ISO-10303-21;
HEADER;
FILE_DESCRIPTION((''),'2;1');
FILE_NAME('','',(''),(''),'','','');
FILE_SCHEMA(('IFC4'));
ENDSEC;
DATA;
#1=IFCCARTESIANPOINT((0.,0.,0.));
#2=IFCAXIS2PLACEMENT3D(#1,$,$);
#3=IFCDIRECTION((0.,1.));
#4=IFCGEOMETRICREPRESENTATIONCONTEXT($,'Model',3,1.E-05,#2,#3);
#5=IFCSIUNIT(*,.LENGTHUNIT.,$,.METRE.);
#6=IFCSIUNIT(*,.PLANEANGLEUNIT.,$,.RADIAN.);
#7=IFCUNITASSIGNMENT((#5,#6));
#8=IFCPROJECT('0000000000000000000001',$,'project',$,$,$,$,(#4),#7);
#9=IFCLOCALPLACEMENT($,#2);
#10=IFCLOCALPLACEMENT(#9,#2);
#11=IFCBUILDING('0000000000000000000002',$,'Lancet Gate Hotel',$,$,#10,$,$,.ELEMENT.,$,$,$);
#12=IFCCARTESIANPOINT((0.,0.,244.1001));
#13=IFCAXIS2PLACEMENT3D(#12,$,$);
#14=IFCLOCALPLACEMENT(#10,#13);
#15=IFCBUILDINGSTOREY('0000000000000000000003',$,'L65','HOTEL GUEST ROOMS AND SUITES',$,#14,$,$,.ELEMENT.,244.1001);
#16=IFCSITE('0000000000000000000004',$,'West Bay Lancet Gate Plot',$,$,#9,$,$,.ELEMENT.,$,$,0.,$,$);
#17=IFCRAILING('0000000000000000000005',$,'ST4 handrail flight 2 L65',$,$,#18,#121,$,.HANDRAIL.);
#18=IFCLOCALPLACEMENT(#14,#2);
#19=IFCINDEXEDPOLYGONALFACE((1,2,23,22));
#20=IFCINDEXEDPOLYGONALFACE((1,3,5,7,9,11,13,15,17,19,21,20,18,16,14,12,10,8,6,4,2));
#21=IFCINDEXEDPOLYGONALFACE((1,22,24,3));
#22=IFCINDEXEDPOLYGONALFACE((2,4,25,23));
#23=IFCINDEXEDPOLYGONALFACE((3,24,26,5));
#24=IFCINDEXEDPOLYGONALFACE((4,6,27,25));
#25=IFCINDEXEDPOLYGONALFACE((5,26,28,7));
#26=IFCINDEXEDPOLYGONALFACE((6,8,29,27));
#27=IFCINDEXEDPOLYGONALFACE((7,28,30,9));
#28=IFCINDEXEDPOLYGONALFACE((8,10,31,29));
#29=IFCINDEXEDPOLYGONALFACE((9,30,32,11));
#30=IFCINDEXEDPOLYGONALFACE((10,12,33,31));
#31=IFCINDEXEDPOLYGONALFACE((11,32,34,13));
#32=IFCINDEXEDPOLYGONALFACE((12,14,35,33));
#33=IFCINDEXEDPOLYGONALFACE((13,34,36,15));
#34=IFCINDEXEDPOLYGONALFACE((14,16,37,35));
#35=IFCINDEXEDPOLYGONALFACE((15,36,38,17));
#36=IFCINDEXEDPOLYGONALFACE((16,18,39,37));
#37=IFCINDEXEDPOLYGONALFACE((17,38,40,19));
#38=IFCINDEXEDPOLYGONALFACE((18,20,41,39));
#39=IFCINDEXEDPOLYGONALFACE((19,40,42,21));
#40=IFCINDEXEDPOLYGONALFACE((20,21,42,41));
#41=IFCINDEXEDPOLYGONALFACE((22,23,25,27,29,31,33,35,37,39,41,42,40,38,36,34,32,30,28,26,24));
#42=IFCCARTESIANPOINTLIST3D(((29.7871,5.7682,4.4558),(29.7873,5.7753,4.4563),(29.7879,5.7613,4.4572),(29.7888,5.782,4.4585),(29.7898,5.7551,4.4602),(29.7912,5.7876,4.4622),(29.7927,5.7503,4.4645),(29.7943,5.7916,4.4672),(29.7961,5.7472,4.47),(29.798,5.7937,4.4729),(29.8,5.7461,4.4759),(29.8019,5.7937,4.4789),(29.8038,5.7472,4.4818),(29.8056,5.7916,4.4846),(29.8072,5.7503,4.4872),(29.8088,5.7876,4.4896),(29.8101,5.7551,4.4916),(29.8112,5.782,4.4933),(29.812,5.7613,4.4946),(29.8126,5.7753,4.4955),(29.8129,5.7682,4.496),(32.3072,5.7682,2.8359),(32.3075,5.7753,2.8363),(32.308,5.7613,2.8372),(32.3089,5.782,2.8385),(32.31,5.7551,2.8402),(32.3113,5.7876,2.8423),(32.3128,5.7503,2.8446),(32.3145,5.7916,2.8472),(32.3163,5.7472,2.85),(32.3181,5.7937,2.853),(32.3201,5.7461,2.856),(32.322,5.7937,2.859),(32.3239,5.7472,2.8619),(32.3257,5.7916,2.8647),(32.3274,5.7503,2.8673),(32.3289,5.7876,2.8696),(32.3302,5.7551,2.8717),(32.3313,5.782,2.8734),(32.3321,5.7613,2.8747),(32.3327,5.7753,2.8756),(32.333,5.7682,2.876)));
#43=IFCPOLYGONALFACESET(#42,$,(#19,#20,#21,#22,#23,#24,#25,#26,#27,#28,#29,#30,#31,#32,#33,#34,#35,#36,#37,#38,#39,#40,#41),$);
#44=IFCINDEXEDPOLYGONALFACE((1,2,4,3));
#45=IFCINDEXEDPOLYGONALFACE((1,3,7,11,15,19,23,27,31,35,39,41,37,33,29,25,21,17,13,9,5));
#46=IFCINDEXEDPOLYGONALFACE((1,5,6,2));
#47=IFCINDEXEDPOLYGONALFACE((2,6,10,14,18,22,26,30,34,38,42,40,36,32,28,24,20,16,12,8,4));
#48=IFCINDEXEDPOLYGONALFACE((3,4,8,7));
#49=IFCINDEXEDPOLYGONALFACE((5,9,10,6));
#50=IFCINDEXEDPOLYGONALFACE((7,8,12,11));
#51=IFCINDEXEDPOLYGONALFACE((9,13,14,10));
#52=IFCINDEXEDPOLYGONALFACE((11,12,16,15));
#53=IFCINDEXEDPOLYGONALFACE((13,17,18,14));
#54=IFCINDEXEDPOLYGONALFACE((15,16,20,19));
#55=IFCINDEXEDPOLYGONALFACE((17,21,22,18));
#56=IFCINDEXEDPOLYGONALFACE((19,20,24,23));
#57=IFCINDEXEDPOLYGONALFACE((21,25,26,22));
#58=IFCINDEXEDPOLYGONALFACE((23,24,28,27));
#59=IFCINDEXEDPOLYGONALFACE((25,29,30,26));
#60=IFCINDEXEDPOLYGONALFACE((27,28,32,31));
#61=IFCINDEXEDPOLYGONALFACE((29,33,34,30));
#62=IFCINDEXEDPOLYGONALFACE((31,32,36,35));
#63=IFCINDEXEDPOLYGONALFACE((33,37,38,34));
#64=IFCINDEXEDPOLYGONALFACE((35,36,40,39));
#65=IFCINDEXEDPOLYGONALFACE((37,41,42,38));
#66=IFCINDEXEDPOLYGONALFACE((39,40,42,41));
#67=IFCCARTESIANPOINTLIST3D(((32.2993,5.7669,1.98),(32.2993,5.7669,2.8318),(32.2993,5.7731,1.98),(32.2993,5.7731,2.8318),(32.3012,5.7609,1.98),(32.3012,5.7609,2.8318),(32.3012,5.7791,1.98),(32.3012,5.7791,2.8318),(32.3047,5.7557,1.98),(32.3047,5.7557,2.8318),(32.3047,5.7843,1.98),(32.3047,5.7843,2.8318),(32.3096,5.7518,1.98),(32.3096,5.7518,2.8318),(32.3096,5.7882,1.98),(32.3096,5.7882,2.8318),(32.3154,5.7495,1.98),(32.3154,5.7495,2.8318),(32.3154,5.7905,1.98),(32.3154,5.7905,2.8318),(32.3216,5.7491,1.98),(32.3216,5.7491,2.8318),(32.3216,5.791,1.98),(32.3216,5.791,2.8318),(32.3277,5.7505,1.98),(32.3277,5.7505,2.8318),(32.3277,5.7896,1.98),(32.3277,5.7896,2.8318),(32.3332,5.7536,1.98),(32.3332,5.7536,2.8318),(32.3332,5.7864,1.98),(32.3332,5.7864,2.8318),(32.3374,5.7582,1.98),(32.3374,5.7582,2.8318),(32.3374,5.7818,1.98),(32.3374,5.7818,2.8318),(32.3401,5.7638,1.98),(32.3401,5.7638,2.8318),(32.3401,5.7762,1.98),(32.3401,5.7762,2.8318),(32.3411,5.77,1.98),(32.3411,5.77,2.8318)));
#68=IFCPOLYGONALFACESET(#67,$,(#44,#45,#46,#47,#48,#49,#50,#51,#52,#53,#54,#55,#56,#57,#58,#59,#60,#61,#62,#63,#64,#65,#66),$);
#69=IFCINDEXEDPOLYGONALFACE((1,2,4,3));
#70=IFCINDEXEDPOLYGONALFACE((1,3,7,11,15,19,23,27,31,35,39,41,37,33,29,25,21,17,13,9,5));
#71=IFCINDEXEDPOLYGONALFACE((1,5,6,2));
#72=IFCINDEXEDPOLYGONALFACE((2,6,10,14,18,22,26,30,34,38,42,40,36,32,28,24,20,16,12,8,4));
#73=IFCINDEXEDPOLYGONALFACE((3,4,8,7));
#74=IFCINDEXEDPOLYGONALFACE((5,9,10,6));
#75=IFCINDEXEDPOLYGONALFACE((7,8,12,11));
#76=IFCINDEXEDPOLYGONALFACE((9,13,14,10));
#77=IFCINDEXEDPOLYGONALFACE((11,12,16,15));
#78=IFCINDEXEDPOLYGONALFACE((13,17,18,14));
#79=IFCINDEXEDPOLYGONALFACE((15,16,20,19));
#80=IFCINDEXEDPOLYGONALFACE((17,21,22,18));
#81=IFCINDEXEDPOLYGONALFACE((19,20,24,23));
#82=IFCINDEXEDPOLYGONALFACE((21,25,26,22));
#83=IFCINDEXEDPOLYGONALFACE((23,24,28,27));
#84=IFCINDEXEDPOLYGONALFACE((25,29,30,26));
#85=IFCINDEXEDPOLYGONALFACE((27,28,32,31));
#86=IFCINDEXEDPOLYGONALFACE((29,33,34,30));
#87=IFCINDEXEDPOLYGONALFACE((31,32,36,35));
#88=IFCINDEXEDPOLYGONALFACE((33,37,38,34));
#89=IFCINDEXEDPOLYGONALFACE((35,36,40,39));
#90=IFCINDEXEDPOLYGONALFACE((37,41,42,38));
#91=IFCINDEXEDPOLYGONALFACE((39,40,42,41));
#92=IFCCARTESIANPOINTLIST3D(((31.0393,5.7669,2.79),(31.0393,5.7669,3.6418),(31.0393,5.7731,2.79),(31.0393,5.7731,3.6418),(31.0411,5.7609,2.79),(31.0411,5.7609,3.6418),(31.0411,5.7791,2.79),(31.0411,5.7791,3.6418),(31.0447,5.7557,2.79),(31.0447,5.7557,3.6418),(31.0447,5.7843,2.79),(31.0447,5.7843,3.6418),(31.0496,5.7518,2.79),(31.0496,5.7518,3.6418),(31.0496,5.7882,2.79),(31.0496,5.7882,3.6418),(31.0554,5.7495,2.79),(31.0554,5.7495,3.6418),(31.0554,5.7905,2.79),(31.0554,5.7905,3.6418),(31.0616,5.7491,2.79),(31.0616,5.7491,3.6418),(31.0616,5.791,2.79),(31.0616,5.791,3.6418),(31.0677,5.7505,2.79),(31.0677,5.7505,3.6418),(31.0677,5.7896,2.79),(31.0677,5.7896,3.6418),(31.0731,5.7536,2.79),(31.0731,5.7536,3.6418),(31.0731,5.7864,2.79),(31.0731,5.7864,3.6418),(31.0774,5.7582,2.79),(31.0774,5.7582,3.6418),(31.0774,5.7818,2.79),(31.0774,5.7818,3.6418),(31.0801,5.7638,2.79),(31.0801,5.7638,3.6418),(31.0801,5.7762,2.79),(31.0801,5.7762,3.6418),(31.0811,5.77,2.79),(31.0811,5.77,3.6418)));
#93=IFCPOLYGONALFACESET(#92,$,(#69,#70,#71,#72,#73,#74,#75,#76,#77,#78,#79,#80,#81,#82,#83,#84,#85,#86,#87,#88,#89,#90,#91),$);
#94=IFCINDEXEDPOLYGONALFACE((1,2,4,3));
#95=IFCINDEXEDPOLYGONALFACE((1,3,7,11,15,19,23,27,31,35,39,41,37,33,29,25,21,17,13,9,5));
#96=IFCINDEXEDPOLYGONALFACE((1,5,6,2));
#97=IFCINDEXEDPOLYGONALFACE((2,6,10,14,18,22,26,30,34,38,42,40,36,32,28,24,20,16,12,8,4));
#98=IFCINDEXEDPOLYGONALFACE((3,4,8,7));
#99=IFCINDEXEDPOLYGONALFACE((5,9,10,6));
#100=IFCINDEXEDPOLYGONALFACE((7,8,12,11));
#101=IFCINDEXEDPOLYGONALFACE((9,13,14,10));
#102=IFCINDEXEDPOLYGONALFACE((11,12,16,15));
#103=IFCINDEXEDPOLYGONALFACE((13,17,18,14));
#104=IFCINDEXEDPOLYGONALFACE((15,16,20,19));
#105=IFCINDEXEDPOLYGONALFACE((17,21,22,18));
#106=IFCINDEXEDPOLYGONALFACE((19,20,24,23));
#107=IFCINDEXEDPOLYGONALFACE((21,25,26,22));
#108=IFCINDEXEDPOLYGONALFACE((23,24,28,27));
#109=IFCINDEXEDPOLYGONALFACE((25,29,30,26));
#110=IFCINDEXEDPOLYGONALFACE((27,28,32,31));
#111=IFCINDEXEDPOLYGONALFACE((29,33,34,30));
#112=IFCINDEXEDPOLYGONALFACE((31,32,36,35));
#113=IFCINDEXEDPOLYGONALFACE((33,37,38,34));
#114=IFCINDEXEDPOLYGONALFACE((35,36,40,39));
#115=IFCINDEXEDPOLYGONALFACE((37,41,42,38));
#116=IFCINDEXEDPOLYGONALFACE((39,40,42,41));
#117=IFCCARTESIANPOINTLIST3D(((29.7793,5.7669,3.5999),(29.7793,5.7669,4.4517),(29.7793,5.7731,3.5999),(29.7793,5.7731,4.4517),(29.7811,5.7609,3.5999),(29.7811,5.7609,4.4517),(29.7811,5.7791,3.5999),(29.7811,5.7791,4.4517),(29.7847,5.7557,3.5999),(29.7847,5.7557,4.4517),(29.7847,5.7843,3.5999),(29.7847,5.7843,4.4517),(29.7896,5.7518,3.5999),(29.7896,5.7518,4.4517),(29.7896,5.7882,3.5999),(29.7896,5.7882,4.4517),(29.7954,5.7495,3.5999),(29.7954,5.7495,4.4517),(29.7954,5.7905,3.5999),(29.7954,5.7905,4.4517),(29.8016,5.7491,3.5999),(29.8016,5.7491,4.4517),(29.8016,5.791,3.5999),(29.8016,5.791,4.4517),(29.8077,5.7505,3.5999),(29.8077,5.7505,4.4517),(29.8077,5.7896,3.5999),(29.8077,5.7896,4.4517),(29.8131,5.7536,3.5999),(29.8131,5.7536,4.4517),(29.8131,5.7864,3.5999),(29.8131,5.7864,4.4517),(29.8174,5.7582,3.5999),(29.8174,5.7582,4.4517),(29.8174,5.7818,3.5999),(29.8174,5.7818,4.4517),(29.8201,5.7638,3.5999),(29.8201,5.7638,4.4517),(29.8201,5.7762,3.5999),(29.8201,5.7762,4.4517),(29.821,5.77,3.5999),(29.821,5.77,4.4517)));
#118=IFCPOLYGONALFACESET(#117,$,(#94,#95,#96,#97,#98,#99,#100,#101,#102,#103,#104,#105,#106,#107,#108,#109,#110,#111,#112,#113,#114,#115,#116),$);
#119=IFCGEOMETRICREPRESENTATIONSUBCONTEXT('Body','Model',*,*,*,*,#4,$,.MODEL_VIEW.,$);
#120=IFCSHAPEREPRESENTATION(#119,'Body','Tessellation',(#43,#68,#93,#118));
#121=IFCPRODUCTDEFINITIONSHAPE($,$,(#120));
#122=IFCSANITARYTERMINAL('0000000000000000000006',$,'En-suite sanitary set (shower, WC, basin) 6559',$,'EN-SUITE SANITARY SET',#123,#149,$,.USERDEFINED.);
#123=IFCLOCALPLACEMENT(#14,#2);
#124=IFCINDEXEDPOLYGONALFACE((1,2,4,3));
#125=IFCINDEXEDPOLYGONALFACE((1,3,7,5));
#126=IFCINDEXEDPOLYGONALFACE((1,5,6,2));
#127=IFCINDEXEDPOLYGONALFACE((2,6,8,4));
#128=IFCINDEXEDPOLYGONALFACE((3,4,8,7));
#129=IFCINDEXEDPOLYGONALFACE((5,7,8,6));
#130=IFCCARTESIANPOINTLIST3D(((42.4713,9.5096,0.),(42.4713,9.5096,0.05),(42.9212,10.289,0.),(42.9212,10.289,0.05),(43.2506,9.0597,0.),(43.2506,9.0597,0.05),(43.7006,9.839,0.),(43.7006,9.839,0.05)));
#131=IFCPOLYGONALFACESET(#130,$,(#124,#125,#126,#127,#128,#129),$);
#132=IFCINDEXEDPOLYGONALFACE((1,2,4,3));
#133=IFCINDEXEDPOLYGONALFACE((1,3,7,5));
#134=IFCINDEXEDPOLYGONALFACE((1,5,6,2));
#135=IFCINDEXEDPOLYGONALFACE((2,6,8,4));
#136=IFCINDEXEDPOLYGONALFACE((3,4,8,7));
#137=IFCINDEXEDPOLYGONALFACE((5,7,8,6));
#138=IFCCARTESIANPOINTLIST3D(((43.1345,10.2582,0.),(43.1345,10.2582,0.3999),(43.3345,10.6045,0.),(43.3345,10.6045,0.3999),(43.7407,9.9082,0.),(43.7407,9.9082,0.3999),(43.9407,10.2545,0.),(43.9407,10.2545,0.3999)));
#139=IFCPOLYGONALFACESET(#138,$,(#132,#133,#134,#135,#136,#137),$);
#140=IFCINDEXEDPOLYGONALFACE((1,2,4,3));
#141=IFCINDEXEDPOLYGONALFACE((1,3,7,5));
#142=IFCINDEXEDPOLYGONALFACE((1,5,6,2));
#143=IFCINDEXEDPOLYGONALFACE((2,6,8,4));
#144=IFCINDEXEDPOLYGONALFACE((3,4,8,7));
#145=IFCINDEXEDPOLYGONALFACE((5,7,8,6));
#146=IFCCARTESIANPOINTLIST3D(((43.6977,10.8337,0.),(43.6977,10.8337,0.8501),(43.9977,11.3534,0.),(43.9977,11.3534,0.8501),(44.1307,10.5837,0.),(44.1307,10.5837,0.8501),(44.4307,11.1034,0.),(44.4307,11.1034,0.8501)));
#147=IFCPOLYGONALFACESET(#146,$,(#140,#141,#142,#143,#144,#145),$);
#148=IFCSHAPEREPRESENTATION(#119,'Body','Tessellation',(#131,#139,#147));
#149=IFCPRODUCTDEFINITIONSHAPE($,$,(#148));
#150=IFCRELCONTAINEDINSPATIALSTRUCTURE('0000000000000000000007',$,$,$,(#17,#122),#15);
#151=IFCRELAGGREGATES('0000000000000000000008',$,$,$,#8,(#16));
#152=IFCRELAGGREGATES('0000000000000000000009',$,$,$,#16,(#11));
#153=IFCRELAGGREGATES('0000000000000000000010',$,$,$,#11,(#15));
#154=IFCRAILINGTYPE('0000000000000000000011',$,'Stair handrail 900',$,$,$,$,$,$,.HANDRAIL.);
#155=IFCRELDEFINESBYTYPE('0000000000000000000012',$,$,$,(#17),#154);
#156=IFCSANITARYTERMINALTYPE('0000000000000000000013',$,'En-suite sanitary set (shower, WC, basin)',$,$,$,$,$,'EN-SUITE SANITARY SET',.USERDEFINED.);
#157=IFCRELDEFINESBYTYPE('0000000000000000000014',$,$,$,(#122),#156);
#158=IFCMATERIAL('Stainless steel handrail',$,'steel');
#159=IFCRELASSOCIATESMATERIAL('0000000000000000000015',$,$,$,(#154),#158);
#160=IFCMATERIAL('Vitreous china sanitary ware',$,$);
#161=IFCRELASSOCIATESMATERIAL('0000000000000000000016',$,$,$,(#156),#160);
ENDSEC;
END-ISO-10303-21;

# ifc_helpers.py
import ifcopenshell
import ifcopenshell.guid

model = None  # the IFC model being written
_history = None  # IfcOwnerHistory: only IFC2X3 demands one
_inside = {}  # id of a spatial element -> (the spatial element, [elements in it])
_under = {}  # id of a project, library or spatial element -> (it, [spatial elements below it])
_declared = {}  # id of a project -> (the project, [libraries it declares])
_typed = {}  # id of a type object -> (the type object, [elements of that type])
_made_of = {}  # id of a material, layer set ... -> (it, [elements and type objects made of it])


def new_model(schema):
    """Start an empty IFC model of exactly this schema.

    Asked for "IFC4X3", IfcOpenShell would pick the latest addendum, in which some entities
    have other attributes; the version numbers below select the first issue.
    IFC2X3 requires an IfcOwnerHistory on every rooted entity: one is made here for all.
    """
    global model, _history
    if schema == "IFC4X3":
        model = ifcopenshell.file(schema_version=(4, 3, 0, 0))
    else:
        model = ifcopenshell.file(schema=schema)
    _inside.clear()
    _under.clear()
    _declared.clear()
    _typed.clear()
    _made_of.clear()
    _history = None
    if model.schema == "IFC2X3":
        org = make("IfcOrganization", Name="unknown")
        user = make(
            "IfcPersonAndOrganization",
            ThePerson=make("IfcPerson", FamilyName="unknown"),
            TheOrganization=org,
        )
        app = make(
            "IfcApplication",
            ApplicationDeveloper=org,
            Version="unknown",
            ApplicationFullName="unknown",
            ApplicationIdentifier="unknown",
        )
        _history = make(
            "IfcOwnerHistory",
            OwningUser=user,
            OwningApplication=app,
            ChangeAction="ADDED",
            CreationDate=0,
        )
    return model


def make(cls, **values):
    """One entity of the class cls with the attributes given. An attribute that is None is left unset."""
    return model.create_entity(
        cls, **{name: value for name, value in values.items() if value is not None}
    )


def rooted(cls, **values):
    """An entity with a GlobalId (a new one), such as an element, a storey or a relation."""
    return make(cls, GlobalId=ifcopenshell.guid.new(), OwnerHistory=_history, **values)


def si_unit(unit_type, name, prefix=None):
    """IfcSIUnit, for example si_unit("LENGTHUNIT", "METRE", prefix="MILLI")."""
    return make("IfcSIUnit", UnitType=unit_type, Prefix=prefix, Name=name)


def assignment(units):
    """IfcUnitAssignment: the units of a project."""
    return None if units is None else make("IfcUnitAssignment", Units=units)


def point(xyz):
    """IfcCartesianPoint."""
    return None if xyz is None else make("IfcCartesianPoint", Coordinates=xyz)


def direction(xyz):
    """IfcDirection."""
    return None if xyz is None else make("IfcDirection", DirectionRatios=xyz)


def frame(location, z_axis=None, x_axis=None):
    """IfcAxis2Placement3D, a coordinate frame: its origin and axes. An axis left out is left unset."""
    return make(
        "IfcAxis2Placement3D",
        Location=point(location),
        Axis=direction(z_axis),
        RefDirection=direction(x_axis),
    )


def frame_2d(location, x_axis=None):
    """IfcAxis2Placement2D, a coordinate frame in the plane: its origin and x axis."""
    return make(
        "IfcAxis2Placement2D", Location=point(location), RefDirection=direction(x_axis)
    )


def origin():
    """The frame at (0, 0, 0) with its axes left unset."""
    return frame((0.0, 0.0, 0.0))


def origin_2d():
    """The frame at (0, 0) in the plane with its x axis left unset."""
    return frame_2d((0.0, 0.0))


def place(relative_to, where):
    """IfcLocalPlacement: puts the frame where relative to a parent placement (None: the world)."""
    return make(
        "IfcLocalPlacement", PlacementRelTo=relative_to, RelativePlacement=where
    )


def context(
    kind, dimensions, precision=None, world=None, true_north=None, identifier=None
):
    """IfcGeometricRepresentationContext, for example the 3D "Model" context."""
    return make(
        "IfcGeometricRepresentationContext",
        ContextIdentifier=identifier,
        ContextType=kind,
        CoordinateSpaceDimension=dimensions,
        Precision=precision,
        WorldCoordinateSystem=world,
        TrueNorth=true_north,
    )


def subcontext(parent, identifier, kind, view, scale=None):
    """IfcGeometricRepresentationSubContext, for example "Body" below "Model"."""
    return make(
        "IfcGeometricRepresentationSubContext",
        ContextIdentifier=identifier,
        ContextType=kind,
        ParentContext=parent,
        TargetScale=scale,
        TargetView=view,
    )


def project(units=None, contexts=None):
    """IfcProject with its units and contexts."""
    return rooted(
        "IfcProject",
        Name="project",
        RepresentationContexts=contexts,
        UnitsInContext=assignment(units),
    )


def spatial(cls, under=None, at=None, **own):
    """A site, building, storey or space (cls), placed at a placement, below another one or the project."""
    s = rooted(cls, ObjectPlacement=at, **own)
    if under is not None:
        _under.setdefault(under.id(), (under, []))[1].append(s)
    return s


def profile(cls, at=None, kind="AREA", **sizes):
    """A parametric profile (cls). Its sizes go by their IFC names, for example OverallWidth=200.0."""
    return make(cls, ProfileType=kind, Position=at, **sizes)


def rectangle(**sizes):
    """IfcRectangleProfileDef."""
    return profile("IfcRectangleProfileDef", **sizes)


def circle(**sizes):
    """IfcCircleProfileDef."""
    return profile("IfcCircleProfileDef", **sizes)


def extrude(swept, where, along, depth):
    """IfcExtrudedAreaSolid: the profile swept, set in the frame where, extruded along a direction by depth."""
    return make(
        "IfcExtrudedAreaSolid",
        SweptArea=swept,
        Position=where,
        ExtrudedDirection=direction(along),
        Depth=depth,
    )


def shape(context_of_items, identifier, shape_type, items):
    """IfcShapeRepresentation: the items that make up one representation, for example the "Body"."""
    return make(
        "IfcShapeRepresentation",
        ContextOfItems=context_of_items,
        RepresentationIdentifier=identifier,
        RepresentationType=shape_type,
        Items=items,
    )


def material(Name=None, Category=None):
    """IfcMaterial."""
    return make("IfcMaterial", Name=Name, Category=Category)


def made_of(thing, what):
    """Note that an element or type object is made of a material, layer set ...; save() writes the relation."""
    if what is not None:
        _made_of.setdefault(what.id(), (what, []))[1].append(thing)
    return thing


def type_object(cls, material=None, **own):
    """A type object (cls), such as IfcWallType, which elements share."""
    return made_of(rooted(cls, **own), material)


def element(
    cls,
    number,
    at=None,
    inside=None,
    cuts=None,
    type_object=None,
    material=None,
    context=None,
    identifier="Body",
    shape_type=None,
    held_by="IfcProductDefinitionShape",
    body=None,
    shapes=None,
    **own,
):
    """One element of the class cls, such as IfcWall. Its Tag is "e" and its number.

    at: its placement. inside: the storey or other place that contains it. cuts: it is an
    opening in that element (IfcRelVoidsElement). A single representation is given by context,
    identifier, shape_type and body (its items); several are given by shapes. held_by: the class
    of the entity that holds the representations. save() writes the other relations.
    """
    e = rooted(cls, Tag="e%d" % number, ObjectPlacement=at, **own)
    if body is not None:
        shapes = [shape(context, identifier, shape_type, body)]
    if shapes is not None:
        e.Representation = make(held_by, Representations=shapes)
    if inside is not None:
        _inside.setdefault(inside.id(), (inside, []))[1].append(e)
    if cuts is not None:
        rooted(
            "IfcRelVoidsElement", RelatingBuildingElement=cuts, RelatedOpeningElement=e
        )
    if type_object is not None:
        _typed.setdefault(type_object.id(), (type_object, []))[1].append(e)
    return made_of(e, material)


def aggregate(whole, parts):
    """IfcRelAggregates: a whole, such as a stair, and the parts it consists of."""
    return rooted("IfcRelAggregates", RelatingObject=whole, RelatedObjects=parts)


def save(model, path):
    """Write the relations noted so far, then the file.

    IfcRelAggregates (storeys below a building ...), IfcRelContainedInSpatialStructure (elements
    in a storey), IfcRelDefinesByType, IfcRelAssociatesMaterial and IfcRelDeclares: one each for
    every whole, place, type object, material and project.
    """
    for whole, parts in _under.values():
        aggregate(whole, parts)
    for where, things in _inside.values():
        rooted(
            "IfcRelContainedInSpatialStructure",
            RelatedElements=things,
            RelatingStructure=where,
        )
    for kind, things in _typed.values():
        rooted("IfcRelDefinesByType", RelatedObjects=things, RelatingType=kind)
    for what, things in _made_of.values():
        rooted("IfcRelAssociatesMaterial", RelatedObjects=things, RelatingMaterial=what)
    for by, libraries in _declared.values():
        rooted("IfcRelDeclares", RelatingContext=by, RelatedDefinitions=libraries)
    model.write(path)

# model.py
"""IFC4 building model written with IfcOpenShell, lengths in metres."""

from ifc_helpers import new_model, si_unit, direction, frame, origin, origin_2d, place, context, subcontext, project, spatial, rectangle, circle, extrude, material, type_object, element, save


model = new_model("IFC4")

# Units and contexts
model_context = context("Model", 3, precision=1e-05, world=origin(), true_north=direction((0.0, 1.0)))
body_context = subcontext(model_context, "Body", "Model", "MODEL_VIEW")
ifc_project = project(units=[si_unit("LENGTHUNIT", "METRE"), si_unit("PLANEANGLEUNIT", "RADIAN")], contexts=[model_context])

# Site, building, storey
site_placement = place(None, origin())
site = spatial("IfcSite", under=ifc_project, at=site_placement, Name="West Bay Lancet Gate Plot", CompositionType="ELEMENT", RefElevation=0.0)
building_placement = place(site_placement, origin())
building = spatial("IfcBuilding", under=site, at=building_placement, Name="Lancet Gate Hotel", CompositionType="ELEMENT")
storey_placement = place(building_placement, frame((0.0, 0.0, 244.1001)))
storey = spatial("IfcBuildingStorey", under=building, at=storey_placement, Name="L65", Description="HOTEL GUEST ROOMS AND SUITES", CompositionType="ELEMENT", Elevation=244.1001)

# Railing
ifc_material_1 = material(Name="Stainless steel handrail", Category="steel")
railing_type = type_object("IfcRailingType", Name="Stair handrail 900", PredefinedType="HANDRAIL", material=ifc_material_1)
railing_1_placement = place(storey_placement, frame((32.3201, 5.77, 1.98)))
element("IfcRailing", 1, at=railing_1_placement, inside=storey, type_object=railing_type, Name="ST4 handrail flight 2 L65", PredefinedType="HANDRAIL", context=body_context, shape_type="SweptSolid", body=[
    extrude(circle(Radius=0.0239, at=origin_2d()), frame((0.0, 0.0, 0.876), z_axis=(-0.8412, 0.0, 0.540725), x_axis=(0.0, -1.0, 0.0)), (0.0, 0.0, 1.0), 2.9958),
    extrude(circle(Radius=0.021, at=origin_2d()), origin(), (0.0, 0.0, 1.0), 0.8518),
    extrude(circle(Radius=0.021, at=origin_2d()), frame((-1.26, 0.0, 0.8101)), (0.0, 0.0, 1.0), 0.8518),
    extrude(circle(Radius=0.021, at=origin_2d()), frame((-2.52, 0.0, 1.6199)), (0.0, 0.0, 1.0), 0.8518),
])

# Sanitary terminal
ifc_material_2 = material(Name="Vitreous china sanitary ware")
sanitary_terminal_type = type_object("IfcSanitaryTerminalType", Name="En-suite sanitary set (shower, WC, basin)", ElementType="EN-SUITE SANITARY SET", PredefinedType="USERDEFINED", material=ifc_material_2)
sanitary_terminal_placement = place(storey_placement, frame((43.0859, 9.6743, 0.0), z_axis=(0.0, 0.0, 1.0), x_axis=(1.0, 0.0, 0.0)))
element("IfcSanitaryTerminal", 2, at=sanitary_terminal_placement, inside=storey, type_object=sanitary_terminal_type, Name="En-suite sanitary set (shower, WC, basin) 6559", ObjectType="EN-SUITE SANITARY SET", PredefinedType="USERDEFINED", context=body_context, shape_type="SweptSolid", body=[
    extrude(rectangle(XDim=0.8999, YDim=0.8999, at=origin_2d()), frame((0.0, 0.0, 0.0), z_axis=(0.0, 0.0, 1.0), x_axis=(-0.5, -0.866025, 0.0)), (0.0, 0.0, 1.0), 0.05),
    extrude(rectangle(XDim=0.3999, YDim=0.7, at=origin_2d()), frame((0.4517, 0.582, 0.0), z_axis=(0.0, 0.0, 1.0), x_axis=(-0.5, -0.866025, 0.0)), (0.0, 0.0, 1.0), 0.3999),
    extrude(rectangle(XDim=0.6001, YDim=0.5, at=origin_2d()), frame((0.9783, 1.2942, 0.0), z_axis=(0.0, 0.0, 1.0), x_axis=(-0.5, -0.866025, 0.0)), (0.0, 0.0, 1.0), 0.8501),
])

save(model, "model.ifc")
